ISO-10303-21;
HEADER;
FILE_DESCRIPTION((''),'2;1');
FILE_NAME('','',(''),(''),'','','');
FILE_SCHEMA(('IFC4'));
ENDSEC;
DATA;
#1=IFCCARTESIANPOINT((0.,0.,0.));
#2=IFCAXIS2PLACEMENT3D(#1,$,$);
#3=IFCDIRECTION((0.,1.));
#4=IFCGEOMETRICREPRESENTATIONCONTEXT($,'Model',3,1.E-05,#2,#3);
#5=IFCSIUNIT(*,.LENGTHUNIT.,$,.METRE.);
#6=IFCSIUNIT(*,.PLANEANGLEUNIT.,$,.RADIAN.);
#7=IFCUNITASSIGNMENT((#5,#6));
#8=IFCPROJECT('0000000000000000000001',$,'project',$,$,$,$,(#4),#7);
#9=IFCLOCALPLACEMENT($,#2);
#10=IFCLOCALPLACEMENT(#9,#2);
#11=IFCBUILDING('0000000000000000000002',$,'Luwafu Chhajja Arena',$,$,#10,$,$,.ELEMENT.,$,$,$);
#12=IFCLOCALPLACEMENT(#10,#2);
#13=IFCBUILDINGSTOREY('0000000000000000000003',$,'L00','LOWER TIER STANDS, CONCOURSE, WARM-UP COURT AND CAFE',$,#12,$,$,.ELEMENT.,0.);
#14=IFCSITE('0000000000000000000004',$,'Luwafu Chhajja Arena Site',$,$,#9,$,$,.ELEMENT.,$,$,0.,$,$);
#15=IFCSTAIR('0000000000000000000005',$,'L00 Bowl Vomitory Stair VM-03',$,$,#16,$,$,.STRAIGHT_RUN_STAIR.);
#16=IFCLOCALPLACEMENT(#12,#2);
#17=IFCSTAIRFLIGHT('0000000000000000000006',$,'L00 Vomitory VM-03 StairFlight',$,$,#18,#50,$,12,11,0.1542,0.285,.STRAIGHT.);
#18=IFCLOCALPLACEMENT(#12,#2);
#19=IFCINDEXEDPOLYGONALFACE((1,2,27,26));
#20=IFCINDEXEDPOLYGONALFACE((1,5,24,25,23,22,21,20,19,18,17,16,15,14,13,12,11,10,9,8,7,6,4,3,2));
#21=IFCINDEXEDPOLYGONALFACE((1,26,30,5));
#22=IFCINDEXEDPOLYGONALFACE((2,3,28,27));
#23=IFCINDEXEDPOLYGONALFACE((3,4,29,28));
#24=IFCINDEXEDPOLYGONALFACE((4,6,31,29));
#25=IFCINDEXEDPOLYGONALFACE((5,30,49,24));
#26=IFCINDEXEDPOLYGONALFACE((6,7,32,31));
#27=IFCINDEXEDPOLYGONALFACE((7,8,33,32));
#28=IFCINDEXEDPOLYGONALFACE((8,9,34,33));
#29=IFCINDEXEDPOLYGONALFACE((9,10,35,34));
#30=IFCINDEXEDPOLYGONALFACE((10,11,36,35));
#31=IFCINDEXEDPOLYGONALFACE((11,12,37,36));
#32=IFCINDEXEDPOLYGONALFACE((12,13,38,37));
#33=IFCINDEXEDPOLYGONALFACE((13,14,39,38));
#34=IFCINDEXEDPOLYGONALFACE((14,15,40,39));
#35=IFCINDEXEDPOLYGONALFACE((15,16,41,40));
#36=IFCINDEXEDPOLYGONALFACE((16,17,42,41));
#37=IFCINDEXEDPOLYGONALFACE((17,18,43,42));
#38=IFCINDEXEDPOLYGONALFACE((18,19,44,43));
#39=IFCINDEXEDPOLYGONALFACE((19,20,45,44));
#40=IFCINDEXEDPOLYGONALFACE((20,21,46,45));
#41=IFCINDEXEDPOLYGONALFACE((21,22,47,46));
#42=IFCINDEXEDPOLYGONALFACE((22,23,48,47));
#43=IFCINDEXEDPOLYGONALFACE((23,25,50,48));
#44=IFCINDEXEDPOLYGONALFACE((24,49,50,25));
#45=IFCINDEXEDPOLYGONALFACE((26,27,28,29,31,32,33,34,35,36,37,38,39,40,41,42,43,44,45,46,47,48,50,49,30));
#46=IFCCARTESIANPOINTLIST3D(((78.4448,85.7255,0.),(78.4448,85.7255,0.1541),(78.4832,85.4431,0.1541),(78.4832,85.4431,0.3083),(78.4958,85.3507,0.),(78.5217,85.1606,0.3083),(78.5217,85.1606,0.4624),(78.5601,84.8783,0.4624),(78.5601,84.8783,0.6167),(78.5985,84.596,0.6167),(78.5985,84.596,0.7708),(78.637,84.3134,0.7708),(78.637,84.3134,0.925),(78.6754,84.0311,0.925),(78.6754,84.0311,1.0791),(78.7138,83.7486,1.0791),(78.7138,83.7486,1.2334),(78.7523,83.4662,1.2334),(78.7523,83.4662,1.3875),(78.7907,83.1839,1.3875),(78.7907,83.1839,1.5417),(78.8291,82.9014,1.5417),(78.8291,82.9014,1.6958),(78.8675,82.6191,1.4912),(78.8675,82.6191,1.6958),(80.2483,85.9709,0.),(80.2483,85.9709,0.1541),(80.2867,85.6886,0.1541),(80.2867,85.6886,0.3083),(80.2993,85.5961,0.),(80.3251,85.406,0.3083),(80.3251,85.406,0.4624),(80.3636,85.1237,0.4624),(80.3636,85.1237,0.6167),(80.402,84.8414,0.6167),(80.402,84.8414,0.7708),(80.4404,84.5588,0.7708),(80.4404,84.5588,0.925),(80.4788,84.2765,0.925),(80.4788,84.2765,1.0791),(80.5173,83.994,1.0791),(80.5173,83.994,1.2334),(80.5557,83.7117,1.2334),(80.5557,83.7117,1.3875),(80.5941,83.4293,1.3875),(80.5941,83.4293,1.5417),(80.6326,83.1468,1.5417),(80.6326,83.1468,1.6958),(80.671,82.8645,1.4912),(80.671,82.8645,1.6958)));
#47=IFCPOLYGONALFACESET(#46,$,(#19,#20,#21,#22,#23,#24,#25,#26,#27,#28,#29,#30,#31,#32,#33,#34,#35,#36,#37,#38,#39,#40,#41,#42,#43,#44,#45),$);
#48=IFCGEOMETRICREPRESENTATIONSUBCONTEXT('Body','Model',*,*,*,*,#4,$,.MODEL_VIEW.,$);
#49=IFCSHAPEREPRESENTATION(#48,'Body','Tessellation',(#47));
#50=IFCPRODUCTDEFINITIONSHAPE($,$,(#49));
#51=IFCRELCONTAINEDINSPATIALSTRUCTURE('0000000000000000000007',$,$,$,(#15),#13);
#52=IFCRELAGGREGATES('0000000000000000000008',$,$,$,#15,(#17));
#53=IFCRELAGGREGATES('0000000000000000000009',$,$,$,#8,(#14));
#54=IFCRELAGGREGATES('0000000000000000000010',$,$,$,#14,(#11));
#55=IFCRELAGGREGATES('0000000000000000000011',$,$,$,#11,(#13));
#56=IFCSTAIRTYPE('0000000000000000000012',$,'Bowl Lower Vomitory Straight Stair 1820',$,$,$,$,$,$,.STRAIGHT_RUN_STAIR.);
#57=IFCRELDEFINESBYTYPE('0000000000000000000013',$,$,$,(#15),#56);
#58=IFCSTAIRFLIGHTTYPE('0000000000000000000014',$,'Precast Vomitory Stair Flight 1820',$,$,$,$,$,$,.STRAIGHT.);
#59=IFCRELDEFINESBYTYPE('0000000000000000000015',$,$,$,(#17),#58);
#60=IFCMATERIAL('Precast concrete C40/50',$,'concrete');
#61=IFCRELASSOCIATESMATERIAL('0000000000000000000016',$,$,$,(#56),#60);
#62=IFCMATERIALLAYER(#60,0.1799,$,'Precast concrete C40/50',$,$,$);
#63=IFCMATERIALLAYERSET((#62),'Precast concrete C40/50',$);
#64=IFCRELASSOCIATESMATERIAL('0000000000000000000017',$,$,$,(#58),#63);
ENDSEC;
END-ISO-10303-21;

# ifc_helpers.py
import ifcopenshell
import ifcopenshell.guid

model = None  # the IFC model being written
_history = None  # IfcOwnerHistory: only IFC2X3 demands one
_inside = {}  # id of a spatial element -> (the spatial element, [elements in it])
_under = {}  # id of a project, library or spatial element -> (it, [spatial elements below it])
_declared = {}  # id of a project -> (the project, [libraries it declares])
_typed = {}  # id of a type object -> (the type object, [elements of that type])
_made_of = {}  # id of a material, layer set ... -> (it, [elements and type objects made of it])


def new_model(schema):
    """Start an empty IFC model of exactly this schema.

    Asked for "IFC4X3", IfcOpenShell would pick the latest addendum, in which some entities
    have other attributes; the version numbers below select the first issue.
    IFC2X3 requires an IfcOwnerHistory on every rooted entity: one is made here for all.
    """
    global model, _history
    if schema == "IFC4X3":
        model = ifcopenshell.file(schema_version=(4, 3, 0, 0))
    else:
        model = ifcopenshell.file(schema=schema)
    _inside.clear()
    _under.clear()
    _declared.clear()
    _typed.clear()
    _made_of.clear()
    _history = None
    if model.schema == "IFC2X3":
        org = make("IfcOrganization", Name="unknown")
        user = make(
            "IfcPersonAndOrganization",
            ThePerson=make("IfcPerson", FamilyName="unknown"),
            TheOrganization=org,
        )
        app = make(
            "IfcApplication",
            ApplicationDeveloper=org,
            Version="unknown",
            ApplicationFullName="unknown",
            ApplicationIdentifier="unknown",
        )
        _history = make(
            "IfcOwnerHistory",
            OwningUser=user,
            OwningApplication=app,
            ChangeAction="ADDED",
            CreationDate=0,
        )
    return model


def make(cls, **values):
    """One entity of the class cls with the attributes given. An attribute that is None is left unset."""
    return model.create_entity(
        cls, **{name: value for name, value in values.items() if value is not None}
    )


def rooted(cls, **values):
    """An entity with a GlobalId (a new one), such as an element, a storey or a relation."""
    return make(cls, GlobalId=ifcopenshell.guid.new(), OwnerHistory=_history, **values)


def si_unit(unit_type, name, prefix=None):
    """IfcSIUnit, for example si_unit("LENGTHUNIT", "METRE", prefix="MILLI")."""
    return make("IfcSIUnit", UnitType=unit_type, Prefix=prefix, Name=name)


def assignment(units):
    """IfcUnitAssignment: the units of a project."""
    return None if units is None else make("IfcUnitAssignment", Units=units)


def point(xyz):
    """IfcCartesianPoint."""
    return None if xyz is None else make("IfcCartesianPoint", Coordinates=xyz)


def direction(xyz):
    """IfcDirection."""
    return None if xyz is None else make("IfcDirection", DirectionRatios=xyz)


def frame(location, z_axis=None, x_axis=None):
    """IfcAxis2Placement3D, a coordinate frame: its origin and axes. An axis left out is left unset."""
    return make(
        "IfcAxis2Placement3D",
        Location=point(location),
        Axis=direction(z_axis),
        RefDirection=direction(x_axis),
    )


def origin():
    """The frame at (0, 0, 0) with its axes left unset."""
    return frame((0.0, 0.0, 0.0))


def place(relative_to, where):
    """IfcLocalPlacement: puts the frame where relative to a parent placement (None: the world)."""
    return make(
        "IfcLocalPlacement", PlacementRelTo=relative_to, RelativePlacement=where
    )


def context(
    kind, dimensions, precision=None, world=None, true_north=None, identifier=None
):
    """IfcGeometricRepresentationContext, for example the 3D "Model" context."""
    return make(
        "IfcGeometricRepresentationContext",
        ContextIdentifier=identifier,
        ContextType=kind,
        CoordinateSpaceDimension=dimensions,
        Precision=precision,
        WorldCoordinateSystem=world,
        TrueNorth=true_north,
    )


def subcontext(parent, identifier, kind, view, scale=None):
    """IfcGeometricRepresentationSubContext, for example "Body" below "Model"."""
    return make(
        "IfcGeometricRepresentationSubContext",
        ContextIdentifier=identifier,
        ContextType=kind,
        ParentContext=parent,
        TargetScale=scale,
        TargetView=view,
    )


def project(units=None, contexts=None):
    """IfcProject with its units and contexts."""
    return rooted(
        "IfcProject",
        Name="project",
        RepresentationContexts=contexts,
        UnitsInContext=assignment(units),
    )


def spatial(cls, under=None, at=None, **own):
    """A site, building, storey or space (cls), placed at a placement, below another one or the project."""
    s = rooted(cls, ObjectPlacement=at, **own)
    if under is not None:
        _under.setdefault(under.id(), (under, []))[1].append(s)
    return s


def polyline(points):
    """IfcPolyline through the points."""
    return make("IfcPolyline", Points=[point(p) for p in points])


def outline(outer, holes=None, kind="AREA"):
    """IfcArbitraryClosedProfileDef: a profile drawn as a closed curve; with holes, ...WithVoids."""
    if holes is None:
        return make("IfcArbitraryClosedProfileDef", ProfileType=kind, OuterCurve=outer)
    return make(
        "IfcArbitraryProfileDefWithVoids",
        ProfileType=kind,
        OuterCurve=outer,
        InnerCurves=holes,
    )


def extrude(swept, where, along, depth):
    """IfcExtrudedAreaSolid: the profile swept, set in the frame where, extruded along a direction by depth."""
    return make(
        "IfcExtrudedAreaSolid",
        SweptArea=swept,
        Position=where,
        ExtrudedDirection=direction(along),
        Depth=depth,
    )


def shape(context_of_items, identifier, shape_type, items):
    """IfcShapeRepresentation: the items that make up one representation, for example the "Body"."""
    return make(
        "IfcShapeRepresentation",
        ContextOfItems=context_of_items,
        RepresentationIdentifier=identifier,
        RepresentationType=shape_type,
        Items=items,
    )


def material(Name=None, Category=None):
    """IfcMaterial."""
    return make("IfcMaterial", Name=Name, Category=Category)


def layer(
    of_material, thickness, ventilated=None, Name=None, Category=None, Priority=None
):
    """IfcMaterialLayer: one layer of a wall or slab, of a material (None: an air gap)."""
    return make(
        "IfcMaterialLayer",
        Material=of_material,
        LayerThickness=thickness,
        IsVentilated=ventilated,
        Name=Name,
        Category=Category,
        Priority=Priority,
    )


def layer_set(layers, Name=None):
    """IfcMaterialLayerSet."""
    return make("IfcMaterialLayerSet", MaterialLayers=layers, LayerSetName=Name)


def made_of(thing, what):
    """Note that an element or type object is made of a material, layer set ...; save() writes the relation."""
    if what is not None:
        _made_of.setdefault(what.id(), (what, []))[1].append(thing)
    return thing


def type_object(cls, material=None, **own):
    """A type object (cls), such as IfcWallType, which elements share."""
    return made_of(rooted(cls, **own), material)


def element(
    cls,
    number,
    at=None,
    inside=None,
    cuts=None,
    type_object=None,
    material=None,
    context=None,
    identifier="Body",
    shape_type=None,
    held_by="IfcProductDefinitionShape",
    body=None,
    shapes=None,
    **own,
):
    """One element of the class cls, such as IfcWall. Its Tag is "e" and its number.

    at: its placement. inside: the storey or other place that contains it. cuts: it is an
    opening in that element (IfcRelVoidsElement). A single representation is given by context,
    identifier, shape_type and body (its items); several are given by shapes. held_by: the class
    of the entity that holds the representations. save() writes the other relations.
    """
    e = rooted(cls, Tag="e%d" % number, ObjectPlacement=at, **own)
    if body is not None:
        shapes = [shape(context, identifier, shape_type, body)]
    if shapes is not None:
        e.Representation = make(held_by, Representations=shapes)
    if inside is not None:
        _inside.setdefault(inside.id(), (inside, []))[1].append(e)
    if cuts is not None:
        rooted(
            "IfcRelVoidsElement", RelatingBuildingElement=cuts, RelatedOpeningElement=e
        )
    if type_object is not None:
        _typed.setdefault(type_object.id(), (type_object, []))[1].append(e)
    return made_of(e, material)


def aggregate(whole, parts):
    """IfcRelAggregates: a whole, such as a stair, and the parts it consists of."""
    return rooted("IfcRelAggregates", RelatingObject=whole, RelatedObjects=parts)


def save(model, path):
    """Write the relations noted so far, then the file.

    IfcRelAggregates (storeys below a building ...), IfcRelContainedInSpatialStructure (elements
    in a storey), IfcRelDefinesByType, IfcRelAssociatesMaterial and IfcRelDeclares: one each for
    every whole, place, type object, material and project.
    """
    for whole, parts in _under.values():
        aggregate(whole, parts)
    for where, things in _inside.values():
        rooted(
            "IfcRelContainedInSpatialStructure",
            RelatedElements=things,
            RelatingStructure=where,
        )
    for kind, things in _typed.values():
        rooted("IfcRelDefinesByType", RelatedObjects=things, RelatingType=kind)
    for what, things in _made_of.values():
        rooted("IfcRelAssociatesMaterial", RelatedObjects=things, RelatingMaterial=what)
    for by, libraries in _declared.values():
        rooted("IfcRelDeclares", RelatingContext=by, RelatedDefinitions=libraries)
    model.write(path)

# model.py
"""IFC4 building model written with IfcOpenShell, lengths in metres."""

from ifc_helpers import new_model, si_unit, direction, frame, origin, place, context, subcontext, project, spatial, polyline, outline, extrude, material, layer, layer_set, type_object, element, aggregate, save


model = new_model("IFC4")

# Units and contexts
model_context = context("Model", 3, precision=1e-05, world=origin(), true_north=direction((0.0, 1.0)))
body_context = subcontext(model_context, "Body", "Model", "MODEL_VIEW")
ifc_project = project(units=[si_unit("LENGTHUNIT", "METRE"), si_unit("PLANEANGLEUNIT", "RADIAN")], contexts=[model_context])

# Site, building, storey
site_placement = place(None, origin())
site = spatial("IfcSite", under=ifc_project, at=site_placement, Name="Luwafu Chhajja Arena Site", CompositionType="ELEMENT", RefElevation=0.0)
building_placement = place(site_placement, origin())
building = spatial("IfcBuilding", under=site, at=building_placement, Name="Luwafu Chhajja Arena", CompositionType="ELEMENT")
storey_placement = place(building_placement, origin())
storey = spatial("IfcBuildingStorey", under=building, at=storey_placement, Name="L00", Description="LOWER TIER STANDS, CONCOURSE, WARM-UP COURT AND CAFE", CompositionType="ELEMENT", Elevation=0.0)

# Shared definitions
ifc_material_1 = material(Name="Precast concrete C40/50", Category="concrete")

# Stair, stair flight
stair_type = type_object("IfcStairType", Name="Bowl Lower Vomitory Straight Stair 1820", PredefinedType="STRAIGHT_RUN_STAIR", material=ifc_material_1)
stair_placement = place(storey_placement, origin())
stair = element("IfcStair", 1, at=stair_placement, inside=storey, type_object=stair_type, Name="L00 Bowl Vomitory Stair VM-03", PredefinedType="STRAIGHT_RUN_STAIR")
ifc_layer_1 = layer(ifc_material_1, 0.1799, Name="Precast concrete C40/50")
ifc_layer_set_1 = layer_set([ifc_layer_1], Name="Precast concrete C40/50")
stair_flight_type = type_object("IfcStairFlightType", Name="Precast Vomitory Stair Flight 1820", PredefinedType="STRAIGHT", material=ifc_layer_set_1)
stair_flight_placement = place(storey_placement, frame((79.3464, 85.8481, 0.0), z_axis=(0.0, 0.0, 1.0), x_axis=(0.134837, -0.990868, 0.0)))
stair_flight = element("IfcStairFlight", 2, at=stair_flight_placement, type_object=stair_flight_type, Name="L00 Vomitory VM-03 StairFlight", NumberOfRisers=12, NumberOfTreads=11, PredefinedType="STRAIGHT", RiserHeight=0.1542, TreadLength=0.285, context=body_context, shape_type="SweptSolid", body=[
    extrude(outline(polyline([(0.0, 0.0), (0.0, 0.1541), (0.2849, 0.1541), (0.2849, 0.3083), (0.5701, 0.3083), (0.5701, 0.4624), (0.855, 0.4624), (0.855, 0.6167), (1.1399, 0.6167), (1.1399, 0.7708), (1.425, 0.7708), (1.425, 0.925), (1.71, 0.925), (1.71, 1.0791), (1.9951, 1.0791), (1.9951, 1.2334), (2.28, 1.2334), (2.28, 1.3875), (2.5649, 1.3875), (2.5649, 1.5417), (2.8501, 1.5417), (2.8501, 1.6958), (3.135, 1.6958), (3.135, 1.8501), (3.135, 1.4912), (0.3782, 0.0), (0.0, 0.0)])), frame((0.0, 0.9102, 0.0), z_axis=(0.0, -1.0, 0.0), x_axis=(1.0, 0.0, 0.0)), (0.0, 0.0, 1.0), 1.8201),
])
aggregate(stair, [stair_flight])

save(model, "model.ifc")
